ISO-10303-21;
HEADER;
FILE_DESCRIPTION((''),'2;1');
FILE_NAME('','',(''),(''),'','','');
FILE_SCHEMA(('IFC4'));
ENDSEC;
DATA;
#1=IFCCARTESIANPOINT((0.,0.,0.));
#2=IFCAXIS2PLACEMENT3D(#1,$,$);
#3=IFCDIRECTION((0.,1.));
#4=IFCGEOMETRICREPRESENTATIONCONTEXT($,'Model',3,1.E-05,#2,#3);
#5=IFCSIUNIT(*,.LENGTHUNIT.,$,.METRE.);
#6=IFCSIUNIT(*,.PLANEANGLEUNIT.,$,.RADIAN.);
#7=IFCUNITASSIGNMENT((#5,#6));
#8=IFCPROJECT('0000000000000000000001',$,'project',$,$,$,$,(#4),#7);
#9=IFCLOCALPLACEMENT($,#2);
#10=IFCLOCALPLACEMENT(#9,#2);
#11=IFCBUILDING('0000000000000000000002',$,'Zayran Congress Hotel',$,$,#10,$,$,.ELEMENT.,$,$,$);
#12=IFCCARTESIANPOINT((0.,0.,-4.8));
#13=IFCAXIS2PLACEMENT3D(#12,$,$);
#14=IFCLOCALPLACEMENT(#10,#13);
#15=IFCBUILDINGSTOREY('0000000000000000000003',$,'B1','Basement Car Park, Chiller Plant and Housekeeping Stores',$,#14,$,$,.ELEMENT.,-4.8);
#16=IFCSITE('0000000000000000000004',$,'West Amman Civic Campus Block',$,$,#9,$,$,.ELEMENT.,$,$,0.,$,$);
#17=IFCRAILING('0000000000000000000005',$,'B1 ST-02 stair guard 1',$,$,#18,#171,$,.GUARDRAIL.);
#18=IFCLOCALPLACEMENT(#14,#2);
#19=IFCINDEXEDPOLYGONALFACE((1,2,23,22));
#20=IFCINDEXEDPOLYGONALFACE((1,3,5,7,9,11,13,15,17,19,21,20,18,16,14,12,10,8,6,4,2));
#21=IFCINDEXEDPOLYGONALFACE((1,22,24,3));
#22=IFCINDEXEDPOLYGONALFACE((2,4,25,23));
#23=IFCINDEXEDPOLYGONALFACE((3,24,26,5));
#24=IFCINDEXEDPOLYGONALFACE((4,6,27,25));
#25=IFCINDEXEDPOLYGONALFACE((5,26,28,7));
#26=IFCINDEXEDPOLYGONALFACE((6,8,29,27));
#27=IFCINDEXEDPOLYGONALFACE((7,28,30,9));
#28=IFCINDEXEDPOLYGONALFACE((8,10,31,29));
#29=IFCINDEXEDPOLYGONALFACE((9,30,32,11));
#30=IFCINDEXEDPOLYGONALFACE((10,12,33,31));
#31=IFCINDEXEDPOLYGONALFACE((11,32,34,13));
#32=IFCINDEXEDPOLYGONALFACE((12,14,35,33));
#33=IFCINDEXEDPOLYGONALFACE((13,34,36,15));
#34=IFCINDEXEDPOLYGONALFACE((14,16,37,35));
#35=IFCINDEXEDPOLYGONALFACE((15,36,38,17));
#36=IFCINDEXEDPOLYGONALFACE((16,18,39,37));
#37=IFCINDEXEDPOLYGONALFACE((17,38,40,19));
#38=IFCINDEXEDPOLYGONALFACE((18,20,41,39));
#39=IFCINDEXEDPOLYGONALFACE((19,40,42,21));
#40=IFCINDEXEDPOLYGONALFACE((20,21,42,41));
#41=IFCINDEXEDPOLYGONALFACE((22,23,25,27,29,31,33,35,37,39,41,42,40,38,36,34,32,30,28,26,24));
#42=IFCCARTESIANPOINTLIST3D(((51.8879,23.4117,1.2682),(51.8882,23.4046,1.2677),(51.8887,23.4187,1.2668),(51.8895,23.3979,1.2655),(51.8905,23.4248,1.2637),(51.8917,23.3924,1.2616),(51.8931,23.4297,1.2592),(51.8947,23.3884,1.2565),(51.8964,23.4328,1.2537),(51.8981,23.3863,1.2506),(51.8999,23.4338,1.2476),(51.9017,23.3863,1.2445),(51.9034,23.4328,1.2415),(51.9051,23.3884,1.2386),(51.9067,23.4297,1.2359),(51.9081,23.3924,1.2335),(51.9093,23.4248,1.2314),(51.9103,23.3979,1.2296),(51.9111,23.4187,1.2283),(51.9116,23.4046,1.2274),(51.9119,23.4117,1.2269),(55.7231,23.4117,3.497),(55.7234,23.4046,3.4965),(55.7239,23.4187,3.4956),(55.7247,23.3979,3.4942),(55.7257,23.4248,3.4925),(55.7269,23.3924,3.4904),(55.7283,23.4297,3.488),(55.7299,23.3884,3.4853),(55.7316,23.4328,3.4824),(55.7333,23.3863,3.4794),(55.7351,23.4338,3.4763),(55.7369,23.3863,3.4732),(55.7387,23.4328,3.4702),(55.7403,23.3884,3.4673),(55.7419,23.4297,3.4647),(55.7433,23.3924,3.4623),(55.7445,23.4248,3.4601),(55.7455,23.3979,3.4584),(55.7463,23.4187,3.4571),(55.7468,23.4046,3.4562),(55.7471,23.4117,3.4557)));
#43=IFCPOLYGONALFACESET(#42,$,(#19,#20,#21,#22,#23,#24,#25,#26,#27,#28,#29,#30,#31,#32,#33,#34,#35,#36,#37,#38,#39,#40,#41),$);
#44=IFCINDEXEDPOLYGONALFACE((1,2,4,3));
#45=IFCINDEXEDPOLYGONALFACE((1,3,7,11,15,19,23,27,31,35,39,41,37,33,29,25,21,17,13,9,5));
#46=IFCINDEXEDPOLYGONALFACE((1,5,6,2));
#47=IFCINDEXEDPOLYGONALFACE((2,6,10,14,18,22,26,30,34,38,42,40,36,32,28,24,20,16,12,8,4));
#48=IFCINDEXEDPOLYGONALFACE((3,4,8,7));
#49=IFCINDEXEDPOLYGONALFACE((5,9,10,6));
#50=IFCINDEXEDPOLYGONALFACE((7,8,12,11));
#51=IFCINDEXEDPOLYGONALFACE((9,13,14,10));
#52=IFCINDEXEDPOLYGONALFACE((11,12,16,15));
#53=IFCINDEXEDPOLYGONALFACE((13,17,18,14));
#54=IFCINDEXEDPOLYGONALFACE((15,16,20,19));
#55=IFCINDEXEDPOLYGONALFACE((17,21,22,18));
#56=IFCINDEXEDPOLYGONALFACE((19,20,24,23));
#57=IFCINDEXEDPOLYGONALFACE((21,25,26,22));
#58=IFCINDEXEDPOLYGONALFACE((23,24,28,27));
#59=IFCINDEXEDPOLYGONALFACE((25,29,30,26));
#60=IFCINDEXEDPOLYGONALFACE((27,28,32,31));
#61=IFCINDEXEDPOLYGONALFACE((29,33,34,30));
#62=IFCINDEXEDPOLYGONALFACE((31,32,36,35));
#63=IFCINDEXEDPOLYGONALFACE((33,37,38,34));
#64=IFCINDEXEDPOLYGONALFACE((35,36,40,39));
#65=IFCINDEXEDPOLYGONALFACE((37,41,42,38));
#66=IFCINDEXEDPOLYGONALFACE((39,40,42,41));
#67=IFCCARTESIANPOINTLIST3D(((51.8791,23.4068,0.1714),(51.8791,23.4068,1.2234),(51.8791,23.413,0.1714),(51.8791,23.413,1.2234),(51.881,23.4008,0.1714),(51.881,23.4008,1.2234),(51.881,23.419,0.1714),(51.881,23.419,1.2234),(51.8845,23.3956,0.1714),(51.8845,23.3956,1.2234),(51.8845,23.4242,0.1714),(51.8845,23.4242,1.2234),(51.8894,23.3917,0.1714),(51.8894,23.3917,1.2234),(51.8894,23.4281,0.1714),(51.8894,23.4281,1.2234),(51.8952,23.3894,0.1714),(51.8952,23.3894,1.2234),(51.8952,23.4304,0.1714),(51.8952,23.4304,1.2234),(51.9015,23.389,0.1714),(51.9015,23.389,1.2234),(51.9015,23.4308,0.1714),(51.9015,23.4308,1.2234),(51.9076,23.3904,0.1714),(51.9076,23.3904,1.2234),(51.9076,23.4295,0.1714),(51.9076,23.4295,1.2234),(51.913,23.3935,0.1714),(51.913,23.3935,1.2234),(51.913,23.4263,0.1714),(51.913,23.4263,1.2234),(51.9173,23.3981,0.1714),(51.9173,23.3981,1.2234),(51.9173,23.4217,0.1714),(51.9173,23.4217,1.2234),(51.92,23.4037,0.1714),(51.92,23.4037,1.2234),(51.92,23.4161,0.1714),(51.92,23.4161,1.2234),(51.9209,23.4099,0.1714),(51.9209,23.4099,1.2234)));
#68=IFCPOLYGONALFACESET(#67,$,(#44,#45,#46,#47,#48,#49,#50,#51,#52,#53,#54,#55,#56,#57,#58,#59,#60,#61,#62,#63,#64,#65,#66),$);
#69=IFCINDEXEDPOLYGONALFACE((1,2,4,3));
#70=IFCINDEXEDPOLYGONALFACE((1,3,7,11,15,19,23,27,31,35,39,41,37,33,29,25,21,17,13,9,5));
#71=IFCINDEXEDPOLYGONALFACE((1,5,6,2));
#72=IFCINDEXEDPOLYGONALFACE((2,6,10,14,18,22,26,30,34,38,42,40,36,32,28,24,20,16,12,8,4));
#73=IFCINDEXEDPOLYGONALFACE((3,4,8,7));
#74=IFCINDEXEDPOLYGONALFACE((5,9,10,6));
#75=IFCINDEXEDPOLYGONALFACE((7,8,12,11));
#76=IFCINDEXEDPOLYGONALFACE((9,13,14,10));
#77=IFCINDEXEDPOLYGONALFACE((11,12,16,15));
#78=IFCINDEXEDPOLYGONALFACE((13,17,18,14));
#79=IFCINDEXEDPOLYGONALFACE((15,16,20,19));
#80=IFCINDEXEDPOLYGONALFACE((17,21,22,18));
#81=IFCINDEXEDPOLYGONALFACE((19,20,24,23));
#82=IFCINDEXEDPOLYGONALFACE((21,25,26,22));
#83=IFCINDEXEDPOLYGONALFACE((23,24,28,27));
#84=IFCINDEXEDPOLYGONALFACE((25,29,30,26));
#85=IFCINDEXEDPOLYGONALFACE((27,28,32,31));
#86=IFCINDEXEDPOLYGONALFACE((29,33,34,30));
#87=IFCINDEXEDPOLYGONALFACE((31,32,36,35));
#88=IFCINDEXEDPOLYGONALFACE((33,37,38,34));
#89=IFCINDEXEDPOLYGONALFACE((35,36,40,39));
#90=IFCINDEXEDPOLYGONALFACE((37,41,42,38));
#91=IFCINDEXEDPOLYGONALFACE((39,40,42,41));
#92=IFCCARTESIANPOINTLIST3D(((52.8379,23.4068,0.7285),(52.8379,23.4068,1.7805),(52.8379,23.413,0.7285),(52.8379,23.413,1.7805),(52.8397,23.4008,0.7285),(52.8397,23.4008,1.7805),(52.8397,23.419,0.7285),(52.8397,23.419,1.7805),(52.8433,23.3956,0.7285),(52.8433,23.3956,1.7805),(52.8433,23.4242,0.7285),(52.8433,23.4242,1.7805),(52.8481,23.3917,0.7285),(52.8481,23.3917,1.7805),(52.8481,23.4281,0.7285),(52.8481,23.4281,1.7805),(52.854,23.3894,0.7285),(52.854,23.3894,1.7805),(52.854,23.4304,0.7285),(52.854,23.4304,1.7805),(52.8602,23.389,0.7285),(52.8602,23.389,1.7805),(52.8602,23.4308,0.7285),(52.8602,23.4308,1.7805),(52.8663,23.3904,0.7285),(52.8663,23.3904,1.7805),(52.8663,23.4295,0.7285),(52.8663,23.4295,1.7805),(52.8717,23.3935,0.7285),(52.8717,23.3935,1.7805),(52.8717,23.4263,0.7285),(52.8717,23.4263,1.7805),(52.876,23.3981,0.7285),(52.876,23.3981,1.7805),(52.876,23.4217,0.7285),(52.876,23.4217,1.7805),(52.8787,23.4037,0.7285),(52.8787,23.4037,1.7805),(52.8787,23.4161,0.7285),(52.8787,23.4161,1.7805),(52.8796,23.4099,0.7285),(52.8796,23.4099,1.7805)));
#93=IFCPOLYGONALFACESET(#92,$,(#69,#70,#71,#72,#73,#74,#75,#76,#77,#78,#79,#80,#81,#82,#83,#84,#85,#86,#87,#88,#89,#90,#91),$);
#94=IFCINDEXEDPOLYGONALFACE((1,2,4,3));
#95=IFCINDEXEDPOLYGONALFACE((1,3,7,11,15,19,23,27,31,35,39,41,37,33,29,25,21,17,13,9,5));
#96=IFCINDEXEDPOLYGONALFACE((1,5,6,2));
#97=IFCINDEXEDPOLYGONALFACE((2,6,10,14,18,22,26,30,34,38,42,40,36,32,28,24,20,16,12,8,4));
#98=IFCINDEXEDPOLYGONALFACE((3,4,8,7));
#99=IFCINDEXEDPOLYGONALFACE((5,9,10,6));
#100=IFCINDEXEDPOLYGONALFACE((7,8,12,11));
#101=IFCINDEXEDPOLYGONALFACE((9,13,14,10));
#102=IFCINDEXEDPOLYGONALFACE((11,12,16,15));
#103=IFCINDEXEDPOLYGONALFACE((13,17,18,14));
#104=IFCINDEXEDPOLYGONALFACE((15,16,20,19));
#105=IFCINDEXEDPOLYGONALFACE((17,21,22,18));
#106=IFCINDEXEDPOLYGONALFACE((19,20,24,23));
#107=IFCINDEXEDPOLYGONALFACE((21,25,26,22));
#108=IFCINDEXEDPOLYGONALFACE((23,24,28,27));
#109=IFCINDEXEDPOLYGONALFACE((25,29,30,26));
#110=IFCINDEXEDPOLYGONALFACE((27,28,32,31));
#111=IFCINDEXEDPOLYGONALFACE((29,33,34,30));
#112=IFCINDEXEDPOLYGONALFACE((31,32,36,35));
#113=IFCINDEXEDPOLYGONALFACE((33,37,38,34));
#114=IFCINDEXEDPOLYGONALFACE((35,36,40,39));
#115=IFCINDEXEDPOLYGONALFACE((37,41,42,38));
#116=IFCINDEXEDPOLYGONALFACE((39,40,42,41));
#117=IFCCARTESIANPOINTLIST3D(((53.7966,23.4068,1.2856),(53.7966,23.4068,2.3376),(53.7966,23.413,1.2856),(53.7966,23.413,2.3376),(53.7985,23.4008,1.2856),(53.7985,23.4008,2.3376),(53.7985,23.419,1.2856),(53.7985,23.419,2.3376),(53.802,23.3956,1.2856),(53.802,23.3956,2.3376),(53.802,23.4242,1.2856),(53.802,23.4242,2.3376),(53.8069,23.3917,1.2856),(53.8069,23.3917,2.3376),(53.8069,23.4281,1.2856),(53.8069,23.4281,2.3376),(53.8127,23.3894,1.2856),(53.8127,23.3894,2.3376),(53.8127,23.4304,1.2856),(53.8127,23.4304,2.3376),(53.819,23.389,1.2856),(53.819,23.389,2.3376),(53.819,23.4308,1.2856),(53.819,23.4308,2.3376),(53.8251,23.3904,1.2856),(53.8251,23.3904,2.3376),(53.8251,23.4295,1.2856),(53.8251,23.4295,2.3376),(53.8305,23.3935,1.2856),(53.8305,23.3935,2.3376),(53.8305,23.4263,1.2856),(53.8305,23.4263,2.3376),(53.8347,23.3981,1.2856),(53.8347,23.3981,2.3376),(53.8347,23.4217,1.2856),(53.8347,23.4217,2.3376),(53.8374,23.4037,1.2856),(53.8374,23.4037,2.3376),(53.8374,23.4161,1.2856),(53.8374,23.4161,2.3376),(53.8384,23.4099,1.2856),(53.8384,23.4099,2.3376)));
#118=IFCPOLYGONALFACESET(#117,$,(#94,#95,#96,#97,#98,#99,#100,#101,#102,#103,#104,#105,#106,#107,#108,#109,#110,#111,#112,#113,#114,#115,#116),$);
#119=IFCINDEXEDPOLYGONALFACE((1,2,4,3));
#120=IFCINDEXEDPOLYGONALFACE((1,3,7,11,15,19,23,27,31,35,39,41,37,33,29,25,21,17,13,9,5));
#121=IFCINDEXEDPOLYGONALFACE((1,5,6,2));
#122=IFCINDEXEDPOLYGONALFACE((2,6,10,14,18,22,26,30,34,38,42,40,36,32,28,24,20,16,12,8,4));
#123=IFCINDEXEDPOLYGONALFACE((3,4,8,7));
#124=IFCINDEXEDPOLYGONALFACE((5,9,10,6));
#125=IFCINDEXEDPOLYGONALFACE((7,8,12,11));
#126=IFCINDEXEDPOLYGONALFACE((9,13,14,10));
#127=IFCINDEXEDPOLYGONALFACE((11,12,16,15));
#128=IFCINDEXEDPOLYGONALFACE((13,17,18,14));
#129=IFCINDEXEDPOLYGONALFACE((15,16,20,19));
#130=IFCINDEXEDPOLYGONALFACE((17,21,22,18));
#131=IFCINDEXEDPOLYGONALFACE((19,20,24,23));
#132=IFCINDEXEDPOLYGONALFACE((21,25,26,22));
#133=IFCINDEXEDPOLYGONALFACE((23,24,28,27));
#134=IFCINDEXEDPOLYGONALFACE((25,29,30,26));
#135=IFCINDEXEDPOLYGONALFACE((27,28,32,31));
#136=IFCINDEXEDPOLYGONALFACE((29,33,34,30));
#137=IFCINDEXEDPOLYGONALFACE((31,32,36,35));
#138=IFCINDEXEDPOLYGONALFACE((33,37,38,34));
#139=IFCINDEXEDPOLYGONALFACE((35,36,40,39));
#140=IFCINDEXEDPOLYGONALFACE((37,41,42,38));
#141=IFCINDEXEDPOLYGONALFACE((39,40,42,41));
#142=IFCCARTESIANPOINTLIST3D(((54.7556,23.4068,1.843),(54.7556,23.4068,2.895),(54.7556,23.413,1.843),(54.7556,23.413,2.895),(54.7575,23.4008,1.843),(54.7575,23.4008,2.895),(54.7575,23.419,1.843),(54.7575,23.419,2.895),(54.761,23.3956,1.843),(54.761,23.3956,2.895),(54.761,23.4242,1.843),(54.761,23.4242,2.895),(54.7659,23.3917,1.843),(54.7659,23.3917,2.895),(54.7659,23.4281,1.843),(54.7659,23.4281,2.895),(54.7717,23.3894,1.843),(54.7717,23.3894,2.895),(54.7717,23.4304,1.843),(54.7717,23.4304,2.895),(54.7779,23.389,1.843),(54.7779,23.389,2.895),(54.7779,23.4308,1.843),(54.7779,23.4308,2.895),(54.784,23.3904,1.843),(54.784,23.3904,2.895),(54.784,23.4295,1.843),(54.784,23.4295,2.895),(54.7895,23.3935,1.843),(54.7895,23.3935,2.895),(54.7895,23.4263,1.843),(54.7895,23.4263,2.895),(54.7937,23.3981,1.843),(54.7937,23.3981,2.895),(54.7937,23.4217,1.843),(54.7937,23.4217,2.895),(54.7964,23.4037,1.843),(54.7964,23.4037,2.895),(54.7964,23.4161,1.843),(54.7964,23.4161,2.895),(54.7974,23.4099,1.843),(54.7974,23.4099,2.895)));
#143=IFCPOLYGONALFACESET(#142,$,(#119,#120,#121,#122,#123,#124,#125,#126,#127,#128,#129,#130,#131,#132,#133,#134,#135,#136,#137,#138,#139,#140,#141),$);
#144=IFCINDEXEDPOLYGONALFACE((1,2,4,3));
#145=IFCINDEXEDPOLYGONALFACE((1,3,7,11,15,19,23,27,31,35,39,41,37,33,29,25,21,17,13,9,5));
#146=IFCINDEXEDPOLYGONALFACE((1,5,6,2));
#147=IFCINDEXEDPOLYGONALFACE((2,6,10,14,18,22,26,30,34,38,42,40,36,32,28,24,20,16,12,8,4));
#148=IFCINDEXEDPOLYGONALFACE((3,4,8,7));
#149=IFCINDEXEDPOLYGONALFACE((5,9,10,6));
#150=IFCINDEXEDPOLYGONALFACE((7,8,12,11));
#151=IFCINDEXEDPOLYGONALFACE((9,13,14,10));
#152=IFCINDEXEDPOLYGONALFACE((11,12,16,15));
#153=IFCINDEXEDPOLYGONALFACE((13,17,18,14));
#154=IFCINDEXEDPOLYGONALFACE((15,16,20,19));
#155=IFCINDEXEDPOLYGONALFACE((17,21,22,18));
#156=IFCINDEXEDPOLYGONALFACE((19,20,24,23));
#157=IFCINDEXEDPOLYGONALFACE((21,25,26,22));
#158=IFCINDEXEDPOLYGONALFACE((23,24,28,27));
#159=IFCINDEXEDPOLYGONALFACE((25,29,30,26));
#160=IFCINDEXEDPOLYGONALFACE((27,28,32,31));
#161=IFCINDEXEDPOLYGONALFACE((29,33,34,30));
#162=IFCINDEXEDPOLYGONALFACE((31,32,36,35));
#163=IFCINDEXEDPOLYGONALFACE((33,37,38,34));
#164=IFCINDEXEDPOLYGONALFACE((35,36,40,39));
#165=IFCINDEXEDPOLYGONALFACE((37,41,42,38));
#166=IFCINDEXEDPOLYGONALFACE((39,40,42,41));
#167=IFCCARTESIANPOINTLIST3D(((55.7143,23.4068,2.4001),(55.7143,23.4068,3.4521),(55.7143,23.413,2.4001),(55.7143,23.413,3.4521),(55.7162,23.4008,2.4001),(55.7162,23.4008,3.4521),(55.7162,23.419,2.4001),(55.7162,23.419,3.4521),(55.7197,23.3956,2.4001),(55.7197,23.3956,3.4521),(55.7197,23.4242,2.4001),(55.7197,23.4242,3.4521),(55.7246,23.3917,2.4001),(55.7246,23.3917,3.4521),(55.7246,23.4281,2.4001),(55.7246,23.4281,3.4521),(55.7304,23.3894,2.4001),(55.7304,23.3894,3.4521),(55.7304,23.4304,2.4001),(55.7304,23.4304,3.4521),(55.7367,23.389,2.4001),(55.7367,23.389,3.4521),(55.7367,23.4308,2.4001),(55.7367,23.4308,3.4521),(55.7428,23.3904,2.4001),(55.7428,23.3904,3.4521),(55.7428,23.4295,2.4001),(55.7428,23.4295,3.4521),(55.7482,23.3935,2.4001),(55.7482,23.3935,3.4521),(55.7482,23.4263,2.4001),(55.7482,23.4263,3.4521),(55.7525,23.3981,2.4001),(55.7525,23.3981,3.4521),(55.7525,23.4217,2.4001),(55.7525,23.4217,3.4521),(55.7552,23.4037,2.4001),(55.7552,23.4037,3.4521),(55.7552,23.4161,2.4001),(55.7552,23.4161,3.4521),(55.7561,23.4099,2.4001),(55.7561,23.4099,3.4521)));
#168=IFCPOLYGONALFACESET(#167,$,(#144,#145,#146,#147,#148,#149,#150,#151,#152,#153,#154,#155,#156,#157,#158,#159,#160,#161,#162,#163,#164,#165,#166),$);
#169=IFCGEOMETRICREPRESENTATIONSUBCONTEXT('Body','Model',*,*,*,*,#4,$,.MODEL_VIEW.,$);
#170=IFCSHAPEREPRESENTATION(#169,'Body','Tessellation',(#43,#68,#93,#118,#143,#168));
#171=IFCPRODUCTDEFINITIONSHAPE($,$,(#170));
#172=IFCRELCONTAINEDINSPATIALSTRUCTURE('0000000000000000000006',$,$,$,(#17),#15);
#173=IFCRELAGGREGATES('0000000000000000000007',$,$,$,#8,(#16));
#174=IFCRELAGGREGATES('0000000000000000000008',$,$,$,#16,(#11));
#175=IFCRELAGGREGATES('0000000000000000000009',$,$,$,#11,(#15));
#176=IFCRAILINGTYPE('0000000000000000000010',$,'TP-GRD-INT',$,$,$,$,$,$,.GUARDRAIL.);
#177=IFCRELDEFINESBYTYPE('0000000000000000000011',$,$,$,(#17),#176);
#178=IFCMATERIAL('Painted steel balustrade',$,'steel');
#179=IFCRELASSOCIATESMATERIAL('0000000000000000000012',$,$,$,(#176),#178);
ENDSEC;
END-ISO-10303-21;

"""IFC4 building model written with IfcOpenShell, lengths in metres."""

from ifc_helpers import new_model, si_unit, direction, frame, origin, origin_2d, place, context, subcontext, project, spatial, circle, extrude, material, type_object, element, save


model = new_model("IFC4")

# Units and contexts
model_context = context("Model", 3, precision=1e-05, world=origin(), true_north=direction((0.0, 1.0)))
body_context = subcontext(model_context, "Body", "Model", "MODEL_VIEW")
ifc_project = project(units=[si_unit("LENGTHUNIT", "METRE"), si_unit("PLANEANGLEUNIT", "RADIAN")], contexts=[model_context])

# Site, building, storey
site_placement = place(None, origin())
site = spatial("IfcSite", under=ifc_project, at=site_placement, Name="West Amman Civic Campus Block", CompositionType="ELEMENT", RefElevation=0.0)
building_placement = place(site_placement, origin())
building = spatial("IfcBuilding", under=site, at=building_placement, Name="Zayran Congress Hotel", CompositionType="ELEMENT")
storey_placement = place(building_placement, frame((0.0, 0.0, -4.8)))
storey = spatial("IfcBuildingStorey", under=building, at=storey_placement, Name="B1", Description="Basement Car Park, Chiller Plant and Housekeeping Stores", CompositionType="ELEMENT", Elevation=-4.8)

# Railing
ifc_material_1 = material(Name="Painted steel balustrade", Category="steel")
railing_type_1 = type_object("IfcRailingType", Name="TP-GRD-INT", PredefinedType="GUARDRAIL", material=ifc_material_1)
railing_1_placement = place(storey_placement, frame((51.8999, 23.4099, 0.1714)))
element("IfcRailing", 1, at=railing_1_placement, inside=storey, type_object=railing_type_1, Name="B1 ST-02 stair guard 1", PredefinedType="GUARDRAIL", context=body_context, shape_type="SweptSolid", body=[
    extrude(circle(Radius=0.0239, at=origin_2d()), frame((0.0, 0.0, 1.0762), z_axis=(0.864606, 0.0, 0.50245), x_axis=(0.0, 1.0, 0.0)), (0.0, 0.0, 1.0), 4.4358),
    extrude(circle(Radius=0.021, at=origin_2d()), origin(), (0.0, 0.0, 1.0), 1.052),
    extrude(circle(Radius=0.021, at=origin_2d()), frame((0.9587, 0.0, 0.5571)), (0.0, 0.0, 1.0), 1.052),
    extrude(circle(Radius=0.021, at=origin_2d()), frame((1.9175, 0.0, 1.1143)), (0.0, 0.0, 1.0), 1.052),
    extrude(circle(Radius=0.021, at=origin_2d()), frame((2.8765, 0.0, 1.6716)), (0.0, 0.0, 1.0), 1.052),
    extrude(circle(Radius=0.021, at=origin_2d()), frame((3.8352, 0.0, 2.2288)), (0.0, 0.0, 1.0), 1.052),
])

save(model, "model.ifc")
